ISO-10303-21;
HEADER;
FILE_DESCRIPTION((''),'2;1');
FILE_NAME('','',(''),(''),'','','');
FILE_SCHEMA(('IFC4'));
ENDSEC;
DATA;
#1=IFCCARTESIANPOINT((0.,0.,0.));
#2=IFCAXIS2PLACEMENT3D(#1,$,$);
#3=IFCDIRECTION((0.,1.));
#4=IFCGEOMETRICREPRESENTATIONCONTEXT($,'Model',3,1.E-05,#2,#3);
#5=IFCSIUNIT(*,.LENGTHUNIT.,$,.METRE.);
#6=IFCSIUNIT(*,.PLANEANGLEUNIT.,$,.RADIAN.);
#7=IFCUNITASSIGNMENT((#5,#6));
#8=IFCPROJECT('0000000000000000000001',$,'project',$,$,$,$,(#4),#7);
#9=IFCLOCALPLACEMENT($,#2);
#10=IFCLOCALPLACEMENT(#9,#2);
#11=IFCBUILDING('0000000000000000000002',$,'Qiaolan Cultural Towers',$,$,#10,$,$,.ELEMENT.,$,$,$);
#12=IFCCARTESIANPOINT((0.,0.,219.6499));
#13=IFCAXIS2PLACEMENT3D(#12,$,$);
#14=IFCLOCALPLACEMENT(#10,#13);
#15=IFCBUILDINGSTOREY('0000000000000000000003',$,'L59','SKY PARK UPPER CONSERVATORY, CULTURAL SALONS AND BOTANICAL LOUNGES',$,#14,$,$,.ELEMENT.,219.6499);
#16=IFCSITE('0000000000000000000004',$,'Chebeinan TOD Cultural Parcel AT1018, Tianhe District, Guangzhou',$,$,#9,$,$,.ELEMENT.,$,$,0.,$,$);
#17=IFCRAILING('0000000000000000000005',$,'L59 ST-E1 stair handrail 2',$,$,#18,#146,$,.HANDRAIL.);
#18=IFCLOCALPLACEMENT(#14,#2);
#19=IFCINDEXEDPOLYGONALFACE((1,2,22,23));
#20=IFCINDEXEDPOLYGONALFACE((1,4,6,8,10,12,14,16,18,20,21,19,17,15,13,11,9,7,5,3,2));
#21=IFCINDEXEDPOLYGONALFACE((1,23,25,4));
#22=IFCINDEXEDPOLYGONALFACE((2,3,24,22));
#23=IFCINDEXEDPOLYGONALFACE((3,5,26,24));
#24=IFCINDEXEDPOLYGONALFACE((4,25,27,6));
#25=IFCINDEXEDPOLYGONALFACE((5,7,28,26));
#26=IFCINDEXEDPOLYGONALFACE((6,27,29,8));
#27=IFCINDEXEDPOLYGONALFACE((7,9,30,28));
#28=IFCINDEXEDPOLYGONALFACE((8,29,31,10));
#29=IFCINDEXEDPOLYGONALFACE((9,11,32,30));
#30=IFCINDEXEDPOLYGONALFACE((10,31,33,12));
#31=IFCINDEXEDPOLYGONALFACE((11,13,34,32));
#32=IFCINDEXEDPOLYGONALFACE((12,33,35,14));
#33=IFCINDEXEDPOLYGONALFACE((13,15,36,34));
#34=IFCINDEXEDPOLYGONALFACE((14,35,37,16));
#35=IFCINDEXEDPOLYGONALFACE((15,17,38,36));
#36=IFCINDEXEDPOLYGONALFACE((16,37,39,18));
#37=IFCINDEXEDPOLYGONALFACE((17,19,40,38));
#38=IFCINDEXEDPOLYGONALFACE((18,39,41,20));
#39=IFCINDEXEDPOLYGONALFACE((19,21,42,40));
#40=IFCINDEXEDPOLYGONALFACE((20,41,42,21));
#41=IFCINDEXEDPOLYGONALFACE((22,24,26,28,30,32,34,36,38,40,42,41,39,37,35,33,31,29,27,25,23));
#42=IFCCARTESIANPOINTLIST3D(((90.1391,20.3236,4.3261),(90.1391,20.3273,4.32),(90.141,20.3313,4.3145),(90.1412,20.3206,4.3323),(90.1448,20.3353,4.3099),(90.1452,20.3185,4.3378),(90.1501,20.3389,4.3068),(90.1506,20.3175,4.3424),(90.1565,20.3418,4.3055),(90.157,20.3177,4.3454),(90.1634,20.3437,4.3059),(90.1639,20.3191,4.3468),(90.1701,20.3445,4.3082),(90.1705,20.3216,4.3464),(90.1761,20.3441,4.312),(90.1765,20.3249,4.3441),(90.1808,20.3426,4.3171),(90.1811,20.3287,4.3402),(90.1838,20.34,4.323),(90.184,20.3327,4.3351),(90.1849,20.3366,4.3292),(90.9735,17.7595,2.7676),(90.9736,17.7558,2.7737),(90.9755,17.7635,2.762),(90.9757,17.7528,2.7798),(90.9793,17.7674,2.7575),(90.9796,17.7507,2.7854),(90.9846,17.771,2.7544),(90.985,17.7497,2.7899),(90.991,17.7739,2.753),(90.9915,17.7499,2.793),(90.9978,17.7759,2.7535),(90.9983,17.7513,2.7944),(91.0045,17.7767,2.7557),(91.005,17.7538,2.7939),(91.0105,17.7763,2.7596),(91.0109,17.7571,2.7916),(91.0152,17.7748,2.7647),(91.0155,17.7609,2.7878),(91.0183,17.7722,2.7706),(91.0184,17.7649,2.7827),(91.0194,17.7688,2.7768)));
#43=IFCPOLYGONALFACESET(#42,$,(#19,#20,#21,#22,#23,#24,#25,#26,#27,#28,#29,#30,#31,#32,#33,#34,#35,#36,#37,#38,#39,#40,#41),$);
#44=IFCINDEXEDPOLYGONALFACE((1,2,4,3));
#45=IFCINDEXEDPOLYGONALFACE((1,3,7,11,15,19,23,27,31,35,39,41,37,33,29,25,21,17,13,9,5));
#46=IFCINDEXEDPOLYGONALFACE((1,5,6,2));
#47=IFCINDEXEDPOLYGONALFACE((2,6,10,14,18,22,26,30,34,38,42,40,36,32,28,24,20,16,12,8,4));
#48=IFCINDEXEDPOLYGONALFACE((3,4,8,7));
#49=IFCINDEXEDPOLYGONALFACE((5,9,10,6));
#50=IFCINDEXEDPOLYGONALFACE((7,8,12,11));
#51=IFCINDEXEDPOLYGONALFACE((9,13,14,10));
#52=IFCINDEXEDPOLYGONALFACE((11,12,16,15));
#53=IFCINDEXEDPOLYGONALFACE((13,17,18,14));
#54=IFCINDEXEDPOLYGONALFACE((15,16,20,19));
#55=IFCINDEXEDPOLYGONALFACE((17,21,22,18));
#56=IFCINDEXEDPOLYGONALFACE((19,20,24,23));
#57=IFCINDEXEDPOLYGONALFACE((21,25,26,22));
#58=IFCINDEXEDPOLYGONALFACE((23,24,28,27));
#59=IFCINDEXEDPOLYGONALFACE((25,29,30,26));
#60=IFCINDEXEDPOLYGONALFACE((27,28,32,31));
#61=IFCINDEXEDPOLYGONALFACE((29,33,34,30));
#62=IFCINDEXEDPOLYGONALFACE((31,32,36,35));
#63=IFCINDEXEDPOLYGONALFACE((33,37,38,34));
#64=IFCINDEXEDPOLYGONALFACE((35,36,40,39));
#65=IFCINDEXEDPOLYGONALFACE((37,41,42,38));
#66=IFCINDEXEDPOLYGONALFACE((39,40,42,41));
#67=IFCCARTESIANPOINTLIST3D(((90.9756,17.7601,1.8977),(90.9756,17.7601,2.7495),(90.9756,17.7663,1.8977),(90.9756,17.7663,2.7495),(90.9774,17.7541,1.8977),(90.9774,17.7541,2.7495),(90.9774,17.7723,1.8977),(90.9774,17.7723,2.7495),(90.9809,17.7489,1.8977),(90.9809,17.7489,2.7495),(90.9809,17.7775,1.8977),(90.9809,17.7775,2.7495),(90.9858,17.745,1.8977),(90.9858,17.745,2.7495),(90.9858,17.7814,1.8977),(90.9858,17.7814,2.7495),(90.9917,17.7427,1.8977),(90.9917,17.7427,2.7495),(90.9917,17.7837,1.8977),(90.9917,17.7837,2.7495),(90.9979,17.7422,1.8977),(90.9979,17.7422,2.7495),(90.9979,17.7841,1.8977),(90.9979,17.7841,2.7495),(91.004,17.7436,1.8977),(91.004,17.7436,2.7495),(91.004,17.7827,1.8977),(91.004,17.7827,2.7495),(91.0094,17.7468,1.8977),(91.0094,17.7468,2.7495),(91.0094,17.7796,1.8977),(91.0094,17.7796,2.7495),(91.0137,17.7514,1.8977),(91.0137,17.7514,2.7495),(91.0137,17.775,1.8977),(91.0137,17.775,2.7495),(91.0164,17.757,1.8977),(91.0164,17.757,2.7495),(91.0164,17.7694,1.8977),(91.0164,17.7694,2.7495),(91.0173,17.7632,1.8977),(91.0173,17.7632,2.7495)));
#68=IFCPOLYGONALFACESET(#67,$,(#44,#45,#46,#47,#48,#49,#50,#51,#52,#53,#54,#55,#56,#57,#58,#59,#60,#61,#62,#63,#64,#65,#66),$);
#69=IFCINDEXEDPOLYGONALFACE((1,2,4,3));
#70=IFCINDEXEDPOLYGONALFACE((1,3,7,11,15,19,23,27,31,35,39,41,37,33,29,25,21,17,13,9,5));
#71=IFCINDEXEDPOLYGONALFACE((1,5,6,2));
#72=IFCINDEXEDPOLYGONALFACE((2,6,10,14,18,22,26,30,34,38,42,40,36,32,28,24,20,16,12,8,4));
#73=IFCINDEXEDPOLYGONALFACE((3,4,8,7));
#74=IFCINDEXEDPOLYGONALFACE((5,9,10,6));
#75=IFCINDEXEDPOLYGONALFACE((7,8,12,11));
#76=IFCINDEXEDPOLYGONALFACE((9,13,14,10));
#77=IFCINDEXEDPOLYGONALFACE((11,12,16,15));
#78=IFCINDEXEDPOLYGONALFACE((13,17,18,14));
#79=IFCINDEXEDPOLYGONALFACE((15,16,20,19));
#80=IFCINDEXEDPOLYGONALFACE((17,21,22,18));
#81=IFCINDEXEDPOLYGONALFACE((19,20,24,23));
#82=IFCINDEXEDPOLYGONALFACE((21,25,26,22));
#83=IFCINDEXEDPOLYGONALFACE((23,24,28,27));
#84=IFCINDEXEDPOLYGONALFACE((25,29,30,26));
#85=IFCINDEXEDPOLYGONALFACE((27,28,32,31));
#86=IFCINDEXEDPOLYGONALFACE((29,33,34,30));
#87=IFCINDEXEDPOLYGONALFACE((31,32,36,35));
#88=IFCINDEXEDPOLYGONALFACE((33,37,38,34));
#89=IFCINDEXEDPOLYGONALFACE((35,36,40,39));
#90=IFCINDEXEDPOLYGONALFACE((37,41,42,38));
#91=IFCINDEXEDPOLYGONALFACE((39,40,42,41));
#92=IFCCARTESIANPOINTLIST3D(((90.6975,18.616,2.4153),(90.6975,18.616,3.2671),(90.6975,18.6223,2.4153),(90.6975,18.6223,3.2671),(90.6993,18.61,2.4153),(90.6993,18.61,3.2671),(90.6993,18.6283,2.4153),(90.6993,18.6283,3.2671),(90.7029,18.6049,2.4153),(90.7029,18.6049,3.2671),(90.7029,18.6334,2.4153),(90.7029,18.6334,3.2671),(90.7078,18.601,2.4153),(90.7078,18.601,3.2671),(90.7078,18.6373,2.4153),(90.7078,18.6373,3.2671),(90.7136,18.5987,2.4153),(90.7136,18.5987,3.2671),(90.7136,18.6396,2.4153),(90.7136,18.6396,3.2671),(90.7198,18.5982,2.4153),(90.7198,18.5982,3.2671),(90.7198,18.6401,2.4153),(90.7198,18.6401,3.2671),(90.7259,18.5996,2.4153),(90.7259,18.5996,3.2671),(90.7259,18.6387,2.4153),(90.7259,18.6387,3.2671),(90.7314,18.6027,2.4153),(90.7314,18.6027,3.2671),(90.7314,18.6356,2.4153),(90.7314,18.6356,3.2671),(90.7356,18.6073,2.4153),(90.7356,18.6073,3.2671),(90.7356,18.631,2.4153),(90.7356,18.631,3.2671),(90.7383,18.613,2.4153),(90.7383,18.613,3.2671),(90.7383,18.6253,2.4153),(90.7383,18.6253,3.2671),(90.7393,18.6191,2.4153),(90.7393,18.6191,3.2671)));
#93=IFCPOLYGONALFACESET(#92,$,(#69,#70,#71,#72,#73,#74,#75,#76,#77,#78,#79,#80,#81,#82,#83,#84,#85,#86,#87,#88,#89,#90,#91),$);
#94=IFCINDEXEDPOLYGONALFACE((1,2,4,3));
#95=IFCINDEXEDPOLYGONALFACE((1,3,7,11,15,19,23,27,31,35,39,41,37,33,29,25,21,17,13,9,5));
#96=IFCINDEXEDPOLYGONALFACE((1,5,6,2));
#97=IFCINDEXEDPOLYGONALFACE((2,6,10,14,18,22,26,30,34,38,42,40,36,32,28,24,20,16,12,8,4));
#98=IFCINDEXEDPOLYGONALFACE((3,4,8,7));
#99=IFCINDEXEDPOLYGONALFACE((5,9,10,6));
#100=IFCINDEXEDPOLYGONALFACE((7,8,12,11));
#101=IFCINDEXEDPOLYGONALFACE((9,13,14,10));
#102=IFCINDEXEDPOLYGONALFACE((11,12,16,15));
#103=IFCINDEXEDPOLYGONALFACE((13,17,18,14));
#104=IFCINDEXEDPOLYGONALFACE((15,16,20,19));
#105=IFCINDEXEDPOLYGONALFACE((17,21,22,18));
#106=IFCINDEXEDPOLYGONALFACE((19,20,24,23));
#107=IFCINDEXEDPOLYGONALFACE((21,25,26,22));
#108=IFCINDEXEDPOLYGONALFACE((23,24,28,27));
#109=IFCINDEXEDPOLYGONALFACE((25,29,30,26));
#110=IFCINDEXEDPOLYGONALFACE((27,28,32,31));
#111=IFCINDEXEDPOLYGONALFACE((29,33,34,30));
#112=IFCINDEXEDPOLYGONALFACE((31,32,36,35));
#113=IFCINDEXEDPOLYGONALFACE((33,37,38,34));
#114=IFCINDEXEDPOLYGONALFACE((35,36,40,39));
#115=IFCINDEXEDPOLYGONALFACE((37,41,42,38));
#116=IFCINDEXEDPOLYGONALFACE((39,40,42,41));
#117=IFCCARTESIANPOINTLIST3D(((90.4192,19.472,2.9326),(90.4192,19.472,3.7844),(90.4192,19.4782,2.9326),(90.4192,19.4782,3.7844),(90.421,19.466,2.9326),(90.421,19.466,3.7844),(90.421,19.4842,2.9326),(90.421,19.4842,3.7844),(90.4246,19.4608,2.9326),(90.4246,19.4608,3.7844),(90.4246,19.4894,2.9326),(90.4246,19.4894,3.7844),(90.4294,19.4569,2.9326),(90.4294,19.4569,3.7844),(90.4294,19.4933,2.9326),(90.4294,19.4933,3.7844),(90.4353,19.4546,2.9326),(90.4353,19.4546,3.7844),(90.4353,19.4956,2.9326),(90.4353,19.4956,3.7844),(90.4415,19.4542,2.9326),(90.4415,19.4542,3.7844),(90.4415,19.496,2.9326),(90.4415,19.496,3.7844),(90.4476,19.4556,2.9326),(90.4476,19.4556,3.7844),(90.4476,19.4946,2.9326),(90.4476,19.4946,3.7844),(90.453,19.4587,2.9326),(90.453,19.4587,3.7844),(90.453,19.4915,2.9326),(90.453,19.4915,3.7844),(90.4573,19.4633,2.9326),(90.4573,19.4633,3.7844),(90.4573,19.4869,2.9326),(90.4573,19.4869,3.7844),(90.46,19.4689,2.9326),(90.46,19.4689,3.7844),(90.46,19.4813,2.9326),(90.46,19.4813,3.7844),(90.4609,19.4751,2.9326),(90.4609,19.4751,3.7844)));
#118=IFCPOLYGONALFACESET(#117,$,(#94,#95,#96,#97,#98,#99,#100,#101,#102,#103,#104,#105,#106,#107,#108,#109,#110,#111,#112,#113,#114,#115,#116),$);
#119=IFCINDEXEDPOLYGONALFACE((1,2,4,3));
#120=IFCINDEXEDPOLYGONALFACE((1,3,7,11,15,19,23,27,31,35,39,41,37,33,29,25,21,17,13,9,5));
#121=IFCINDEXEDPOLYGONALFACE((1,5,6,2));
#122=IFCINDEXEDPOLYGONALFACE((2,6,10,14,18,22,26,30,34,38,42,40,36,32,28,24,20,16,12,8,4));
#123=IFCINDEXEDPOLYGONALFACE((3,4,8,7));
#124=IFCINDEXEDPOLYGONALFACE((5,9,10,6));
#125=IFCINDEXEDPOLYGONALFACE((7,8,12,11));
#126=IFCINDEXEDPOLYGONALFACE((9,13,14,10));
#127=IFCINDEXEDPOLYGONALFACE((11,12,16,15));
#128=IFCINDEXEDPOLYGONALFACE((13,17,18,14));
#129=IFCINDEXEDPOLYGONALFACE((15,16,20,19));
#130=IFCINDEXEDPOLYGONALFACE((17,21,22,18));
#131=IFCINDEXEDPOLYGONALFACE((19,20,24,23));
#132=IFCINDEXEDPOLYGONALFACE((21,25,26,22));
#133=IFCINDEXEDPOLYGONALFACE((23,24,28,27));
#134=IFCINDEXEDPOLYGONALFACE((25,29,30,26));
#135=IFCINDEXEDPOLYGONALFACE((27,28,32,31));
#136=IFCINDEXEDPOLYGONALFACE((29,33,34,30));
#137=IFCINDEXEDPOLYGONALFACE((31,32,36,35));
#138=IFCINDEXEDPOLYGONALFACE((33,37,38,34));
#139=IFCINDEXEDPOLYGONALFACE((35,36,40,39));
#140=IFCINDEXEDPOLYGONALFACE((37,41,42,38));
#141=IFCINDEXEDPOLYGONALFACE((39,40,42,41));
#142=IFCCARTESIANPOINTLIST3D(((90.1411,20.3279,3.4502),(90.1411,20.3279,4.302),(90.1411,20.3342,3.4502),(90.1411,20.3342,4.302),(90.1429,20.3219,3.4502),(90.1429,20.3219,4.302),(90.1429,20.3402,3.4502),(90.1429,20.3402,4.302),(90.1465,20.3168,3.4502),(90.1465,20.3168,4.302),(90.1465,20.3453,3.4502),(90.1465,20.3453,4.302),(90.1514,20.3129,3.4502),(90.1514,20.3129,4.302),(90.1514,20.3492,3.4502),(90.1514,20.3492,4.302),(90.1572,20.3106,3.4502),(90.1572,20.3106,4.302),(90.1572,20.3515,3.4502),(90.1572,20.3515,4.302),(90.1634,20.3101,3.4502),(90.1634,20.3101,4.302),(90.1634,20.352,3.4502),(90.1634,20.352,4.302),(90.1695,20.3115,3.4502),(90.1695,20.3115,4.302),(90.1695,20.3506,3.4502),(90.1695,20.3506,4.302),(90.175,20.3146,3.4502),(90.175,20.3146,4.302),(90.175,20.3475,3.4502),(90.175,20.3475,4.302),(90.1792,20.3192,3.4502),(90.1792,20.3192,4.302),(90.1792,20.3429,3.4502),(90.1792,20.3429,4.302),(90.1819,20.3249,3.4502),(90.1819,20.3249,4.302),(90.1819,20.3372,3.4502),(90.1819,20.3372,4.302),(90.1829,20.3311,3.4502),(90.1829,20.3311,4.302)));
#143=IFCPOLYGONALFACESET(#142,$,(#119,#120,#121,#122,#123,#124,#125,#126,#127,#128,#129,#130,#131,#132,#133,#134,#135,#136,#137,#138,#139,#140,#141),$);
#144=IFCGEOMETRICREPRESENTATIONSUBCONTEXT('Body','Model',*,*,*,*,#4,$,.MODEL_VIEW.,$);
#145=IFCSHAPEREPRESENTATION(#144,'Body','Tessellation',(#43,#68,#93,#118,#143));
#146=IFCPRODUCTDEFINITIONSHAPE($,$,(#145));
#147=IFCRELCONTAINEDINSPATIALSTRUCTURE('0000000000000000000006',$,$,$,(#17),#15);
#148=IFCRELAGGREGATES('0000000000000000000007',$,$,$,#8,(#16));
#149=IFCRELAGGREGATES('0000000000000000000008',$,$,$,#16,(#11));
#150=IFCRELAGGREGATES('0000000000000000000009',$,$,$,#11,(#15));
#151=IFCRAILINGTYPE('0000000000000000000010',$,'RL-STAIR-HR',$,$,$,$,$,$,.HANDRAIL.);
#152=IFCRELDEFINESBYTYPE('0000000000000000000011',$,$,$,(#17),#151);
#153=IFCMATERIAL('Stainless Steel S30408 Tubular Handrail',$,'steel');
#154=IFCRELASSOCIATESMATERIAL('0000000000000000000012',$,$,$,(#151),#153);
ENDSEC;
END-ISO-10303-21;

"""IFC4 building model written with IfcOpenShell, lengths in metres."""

from ifc_helpers import new_model, si_unit, direction, frame, origin, origin_2d, place, context, subcontext, project, spatial, circle, extrude, material, type_object, element, save


model = new_model("IFC4")

# Units and contexts
model_context = context("Model", 3, precision=1e-05, world=origin(), true_north=direction((0.0, 1.0)))
body_context = subcontext(model_context, "Body", "Model", "MODEL_VIEW")
ifc_project = project(units=[si_unit("LENGTHUNIT", "METRE"), si_unit("PLANEANGLEUNIT", "RADIAN")], contexts=[model_context])

# Site, building, storey
site_placement = place(None, origin())
site = spatial("IfcSite", under=ifc_project, at=site_placement, Name="Chebeinan TOD Cultural Parcel AT1018, Tianhe District, Guangzhou", CompositionType="ELEMENT", RefElevation=0.0)
building_placement = place(site_placement, origin())
building = spatial("IfcBuilding", under=site, at=building_placement, Name="Qiaolan Cultural Towers", CompositionType="ELEMENT")
storey_placement = place(building_placement, frame((0.0, 0.0, 219.6499)))
storey = spatial("IfcBuildingStorey", under=building, at=storey_placement, Name="L59", Description="SKY PARK UPPER CONSERVATORY, CULTURAL SALONS AND BOTANICAL LOUNGES", CompositionType="ELEMENT", Elevation=219.6499)

# Railing
ifc_material_1 = material(Name="Stainless Steel S30408 Tubular Handrail", Category="steel")
railing_type = type_object("IfcRailingType", Name="RL-STAIR-HR", PredefinedType="HANDRAIL", material=ifc_material_1)
railing_placement = place(storey_placement, frame((90.9963, 17.7632, 1.8977)))
element("IfcRailing", 1, at=railing_placement, inside=storey, type_object=railing_type, Name="L59 ST-E1 stair handrail 2", PredefinedType="HANDRAIL", context=body_context, shape_type="SweptSolid", body=[
    extrude(circle(Radius=0.0239, at=origin_2d()), frame((0.0, 0.0, 0.876), z_axis=(-0.267926, 0.824471, 0.498461), x_axis=(-0.951043, -0.309057, 0.0)), (0.0, 0.0, 1.0), 3.1145),
    extrude(circle(Radius=0.021, at=origin_2d()), origin(), (0.0, 0.0, 1.0), 0.8518),
    extrude(circle(Radius=0.021, at=origin_2d()), frame((-0.2781, 0.856, 0.5176)), (0.0, 0.0, 1.0), 0.8518),
    extrude(circle(Radius=0.021, at=origin_2d()), frame((-0.5564, 1.7119, 1.0349)), (0.0, 0.0, 1.0), 0.8518),
    extrude(circle(Radius=0.021, at=origin_2d()), frame((-0.8345, 2.5679, 1.5525)), (0.0, 0.0, 1.0), 0.8518),
])

save(model, "model.ifc")
